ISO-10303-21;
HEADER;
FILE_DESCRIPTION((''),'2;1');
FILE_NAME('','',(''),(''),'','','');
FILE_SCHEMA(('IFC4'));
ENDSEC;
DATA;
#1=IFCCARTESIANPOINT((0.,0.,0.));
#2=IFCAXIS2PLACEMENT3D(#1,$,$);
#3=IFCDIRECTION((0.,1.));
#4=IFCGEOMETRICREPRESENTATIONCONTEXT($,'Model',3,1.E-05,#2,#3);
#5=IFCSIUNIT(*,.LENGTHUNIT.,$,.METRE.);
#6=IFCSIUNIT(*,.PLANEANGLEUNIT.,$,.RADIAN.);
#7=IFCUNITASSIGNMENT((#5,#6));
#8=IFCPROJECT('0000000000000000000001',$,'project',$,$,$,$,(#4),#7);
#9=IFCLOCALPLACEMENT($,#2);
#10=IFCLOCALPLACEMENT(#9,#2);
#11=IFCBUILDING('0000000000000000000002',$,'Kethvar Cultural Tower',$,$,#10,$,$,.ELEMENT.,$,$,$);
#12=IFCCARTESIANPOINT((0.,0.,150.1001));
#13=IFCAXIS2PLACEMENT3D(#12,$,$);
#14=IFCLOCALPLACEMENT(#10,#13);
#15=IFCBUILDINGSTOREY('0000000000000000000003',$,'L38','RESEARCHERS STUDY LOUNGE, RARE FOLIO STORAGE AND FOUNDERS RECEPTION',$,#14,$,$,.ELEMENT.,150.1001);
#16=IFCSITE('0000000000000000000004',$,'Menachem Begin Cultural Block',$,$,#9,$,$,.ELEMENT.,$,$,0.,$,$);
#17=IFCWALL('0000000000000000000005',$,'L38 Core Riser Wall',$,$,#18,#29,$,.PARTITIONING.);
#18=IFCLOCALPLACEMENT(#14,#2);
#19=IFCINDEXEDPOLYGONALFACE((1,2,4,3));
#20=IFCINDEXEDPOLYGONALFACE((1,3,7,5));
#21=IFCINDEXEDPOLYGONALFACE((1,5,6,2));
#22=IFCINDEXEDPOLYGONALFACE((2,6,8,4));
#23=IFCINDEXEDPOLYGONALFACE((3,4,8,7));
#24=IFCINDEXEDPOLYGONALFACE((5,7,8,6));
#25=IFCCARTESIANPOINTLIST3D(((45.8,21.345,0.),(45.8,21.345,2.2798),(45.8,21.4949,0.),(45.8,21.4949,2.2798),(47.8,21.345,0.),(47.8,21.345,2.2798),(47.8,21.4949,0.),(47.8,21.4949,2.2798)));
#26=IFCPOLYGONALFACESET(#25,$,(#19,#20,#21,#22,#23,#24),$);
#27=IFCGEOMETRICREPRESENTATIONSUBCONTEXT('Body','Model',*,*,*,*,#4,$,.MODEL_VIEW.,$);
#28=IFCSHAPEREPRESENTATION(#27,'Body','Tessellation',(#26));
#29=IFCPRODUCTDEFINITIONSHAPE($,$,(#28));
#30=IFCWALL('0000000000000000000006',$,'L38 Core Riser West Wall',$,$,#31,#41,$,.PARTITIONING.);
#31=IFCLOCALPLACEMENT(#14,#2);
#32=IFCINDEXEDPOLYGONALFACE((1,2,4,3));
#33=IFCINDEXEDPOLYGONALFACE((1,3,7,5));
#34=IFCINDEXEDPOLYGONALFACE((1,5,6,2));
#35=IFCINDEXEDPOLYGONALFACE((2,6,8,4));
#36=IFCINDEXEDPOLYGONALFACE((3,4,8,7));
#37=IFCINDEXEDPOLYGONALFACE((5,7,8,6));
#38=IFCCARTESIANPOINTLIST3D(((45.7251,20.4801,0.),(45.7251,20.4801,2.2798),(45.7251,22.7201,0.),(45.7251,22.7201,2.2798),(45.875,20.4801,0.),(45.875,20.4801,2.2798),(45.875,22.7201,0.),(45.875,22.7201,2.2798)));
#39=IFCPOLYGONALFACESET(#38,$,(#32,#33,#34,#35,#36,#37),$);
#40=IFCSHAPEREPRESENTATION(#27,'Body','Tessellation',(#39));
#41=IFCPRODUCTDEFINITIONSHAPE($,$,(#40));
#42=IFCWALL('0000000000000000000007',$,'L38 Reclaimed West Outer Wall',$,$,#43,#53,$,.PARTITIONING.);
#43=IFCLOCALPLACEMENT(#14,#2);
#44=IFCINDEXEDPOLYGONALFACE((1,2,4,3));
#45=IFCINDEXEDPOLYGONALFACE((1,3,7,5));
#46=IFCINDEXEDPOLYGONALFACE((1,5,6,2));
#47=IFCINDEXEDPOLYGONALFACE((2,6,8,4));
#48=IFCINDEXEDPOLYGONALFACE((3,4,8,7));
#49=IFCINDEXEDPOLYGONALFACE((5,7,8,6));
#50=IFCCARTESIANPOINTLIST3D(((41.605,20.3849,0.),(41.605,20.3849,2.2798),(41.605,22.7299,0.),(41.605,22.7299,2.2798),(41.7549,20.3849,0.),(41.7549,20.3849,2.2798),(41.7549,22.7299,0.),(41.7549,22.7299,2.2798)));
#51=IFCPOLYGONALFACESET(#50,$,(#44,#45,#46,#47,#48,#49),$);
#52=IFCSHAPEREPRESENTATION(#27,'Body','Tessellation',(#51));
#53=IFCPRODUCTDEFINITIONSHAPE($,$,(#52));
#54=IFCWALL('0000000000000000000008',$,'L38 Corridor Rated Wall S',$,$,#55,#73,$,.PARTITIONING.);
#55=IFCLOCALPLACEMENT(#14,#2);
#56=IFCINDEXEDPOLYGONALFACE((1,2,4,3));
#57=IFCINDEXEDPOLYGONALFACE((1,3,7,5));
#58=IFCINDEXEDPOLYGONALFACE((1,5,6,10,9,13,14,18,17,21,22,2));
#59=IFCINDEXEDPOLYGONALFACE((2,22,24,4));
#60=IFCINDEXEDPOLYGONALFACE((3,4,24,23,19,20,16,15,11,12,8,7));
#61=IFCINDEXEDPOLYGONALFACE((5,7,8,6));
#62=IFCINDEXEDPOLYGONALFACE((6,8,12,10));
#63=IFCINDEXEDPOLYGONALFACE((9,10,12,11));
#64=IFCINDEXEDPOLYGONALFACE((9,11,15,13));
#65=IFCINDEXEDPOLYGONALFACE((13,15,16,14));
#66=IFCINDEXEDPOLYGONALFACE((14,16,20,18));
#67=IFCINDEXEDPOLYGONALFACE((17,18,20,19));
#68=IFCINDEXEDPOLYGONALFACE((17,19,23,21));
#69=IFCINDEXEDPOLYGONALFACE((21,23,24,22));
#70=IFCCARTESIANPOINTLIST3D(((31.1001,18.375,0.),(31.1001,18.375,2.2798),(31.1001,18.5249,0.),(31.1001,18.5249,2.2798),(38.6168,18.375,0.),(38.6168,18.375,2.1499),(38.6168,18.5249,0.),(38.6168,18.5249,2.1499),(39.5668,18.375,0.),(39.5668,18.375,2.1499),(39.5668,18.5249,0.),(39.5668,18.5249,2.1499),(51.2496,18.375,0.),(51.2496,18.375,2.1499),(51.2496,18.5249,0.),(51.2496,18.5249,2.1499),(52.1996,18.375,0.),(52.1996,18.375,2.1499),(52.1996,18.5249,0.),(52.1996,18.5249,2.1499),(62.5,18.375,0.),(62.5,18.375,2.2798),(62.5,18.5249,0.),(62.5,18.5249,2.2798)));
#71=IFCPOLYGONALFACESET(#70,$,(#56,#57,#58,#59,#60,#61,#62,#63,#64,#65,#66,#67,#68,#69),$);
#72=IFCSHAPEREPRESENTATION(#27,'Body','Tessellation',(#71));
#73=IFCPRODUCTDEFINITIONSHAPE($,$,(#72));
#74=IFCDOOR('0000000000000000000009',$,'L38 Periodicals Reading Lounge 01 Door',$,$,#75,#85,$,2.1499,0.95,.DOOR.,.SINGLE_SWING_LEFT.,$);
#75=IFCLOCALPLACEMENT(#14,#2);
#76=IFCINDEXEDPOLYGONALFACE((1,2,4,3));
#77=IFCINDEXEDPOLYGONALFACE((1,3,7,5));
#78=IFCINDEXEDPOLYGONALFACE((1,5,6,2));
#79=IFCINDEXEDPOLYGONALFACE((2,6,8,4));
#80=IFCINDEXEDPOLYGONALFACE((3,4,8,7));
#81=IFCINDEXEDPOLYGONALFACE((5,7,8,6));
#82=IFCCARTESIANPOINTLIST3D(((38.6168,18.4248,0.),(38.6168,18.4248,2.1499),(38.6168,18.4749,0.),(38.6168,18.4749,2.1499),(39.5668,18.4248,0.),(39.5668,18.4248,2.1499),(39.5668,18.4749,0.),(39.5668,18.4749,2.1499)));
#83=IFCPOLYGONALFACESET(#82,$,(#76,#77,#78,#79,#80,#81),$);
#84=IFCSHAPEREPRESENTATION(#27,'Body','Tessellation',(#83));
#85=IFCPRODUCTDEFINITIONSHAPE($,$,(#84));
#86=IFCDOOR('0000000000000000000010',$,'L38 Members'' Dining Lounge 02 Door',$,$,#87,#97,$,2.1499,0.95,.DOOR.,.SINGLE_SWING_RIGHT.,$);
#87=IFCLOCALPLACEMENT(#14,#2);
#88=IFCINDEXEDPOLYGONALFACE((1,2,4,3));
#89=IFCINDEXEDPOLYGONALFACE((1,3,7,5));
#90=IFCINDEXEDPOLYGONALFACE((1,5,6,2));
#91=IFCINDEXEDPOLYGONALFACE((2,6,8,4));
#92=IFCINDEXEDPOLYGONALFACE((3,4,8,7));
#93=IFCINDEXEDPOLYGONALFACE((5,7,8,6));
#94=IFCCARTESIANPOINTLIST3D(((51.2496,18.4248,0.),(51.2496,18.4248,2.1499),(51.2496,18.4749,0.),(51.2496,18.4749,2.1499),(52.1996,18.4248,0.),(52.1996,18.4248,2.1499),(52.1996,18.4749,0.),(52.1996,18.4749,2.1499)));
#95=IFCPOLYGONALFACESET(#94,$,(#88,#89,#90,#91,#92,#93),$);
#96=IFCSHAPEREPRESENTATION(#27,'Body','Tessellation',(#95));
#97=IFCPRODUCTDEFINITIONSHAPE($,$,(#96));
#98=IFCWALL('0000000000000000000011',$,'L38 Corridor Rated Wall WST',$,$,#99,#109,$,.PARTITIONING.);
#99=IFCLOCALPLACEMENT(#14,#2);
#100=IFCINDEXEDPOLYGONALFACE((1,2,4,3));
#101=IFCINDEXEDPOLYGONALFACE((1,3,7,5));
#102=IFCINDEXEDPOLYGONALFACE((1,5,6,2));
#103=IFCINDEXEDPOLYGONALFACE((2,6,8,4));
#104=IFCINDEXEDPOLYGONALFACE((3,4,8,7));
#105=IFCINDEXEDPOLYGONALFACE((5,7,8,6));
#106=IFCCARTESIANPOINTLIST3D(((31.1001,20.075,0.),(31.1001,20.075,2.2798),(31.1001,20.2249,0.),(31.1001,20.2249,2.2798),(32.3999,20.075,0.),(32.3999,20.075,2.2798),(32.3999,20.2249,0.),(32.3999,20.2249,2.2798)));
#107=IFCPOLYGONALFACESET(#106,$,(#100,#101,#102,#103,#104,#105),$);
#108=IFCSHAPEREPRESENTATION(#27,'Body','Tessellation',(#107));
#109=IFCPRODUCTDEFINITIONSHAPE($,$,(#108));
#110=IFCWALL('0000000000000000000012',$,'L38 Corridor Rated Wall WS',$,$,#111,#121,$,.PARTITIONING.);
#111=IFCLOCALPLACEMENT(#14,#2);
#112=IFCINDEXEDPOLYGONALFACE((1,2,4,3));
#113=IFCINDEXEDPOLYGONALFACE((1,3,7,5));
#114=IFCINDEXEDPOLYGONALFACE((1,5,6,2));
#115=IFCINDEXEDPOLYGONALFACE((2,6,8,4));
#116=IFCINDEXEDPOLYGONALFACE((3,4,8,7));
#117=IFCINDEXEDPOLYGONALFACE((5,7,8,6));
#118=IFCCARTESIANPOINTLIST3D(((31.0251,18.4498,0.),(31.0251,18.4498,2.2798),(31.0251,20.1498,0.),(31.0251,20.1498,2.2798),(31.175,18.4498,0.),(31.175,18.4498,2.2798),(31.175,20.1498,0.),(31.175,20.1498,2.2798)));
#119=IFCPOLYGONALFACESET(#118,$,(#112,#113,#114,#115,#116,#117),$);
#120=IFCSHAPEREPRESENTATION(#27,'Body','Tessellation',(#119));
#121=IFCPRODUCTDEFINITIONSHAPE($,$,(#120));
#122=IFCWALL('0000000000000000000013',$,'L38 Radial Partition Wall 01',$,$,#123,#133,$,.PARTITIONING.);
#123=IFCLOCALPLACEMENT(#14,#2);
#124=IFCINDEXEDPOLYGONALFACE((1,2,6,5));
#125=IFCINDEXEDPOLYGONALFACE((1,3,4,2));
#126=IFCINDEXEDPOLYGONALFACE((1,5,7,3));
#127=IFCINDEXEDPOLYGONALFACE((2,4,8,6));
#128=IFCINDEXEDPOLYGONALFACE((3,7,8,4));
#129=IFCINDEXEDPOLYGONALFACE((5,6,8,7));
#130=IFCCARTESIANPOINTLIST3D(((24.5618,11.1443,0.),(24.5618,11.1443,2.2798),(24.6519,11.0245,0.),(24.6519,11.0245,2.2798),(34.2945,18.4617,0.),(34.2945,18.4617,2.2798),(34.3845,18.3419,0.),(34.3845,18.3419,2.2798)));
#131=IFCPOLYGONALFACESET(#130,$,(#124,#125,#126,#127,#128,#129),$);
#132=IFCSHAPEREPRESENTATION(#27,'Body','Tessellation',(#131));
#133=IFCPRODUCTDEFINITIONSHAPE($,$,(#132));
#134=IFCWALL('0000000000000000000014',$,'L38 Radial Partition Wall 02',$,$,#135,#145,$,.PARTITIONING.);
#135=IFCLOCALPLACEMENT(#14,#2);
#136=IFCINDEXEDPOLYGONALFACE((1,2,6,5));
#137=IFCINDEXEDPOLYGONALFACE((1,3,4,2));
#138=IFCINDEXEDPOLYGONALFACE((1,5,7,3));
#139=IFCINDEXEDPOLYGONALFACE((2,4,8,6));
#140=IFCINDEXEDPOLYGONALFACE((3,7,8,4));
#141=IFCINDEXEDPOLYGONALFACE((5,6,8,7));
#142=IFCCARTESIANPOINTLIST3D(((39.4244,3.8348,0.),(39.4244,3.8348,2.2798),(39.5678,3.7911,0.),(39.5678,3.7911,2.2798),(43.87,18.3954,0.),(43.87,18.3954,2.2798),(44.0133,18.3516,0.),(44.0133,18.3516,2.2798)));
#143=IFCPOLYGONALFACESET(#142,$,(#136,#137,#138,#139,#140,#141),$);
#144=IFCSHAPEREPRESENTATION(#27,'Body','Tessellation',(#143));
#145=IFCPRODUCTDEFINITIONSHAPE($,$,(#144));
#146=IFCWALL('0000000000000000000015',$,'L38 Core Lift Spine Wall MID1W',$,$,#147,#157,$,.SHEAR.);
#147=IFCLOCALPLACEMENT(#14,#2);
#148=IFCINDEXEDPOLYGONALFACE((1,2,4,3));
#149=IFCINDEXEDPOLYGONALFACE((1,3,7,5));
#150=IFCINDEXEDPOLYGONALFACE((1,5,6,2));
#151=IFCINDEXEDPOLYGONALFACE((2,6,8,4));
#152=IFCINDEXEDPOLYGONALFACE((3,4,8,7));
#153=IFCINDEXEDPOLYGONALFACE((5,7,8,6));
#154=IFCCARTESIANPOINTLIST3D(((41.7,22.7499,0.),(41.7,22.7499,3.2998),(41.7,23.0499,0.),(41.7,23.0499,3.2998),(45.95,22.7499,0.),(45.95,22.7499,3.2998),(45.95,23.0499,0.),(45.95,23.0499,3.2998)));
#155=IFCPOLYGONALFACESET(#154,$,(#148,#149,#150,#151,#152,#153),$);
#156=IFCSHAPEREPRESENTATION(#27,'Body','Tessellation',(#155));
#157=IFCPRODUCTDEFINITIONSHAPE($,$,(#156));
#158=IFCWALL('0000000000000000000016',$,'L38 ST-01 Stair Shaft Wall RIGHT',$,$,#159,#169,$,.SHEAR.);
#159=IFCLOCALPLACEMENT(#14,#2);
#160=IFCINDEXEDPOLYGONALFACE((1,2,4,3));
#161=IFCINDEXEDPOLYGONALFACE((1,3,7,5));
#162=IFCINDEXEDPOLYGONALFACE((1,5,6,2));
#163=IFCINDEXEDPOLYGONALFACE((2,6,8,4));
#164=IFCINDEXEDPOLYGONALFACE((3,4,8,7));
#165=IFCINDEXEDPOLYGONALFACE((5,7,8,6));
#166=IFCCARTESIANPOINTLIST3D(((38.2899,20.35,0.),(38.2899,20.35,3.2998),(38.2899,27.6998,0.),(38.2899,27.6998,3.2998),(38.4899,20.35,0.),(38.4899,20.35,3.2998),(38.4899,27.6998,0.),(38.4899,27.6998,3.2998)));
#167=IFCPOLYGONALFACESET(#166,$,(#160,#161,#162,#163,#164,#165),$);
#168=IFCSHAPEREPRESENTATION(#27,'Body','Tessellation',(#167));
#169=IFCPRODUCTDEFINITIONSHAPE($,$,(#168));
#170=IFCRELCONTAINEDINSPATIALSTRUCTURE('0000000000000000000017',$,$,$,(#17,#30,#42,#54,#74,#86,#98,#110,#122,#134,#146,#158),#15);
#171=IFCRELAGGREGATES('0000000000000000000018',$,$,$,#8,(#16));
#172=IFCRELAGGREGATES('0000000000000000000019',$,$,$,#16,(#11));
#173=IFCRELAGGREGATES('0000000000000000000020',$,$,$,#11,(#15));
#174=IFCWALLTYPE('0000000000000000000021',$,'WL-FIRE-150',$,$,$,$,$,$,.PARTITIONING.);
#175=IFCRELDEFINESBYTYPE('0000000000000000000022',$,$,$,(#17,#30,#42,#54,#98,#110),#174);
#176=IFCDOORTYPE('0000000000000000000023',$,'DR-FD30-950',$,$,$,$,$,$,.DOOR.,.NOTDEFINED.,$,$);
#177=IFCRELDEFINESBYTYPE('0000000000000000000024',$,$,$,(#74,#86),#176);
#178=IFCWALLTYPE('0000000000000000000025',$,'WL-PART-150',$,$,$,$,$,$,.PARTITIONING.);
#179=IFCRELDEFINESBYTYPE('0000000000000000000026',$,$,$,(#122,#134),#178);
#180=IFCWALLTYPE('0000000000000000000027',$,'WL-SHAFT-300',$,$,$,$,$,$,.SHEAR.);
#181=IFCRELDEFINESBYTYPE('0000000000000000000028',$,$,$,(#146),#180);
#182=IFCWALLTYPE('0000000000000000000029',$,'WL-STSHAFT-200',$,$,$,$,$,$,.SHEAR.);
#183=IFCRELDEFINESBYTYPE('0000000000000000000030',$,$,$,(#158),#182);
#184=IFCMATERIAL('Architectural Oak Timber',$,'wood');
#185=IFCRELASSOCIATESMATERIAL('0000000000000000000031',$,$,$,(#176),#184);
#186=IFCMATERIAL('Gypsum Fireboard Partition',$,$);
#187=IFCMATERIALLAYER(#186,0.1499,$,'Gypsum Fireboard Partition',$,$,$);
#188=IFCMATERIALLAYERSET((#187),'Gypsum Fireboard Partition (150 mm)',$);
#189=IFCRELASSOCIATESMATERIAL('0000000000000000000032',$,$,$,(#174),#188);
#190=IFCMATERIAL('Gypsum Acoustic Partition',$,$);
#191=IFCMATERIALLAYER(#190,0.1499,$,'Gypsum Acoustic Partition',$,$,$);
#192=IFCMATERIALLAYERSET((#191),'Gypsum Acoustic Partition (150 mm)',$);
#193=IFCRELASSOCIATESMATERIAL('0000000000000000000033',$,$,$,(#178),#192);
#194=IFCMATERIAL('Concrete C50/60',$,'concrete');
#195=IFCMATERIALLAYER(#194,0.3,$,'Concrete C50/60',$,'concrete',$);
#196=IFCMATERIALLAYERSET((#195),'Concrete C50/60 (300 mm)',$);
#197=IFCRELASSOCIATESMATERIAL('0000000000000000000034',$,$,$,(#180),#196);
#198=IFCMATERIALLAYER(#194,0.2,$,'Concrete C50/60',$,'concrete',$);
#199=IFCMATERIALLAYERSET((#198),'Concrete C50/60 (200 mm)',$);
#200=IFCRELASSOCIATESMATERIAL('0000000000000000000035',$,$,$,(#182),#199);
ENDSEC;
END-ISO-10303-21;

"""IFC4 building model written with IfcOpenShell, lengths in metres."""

from ifc_helpers import new_model, si_unit, direction, frame, frame_2d, origin, place, context, subcontext, project, spatial, rectangle, extrude, source, transform, mapped, material, layer, layer_set, type_object, element, fill, save


model = new_model("IFC4")

# Units and contexts
model_context = context("Model", 3, precision=1e-05, world=origin(), true_north=direction((0.0, 1.0)))
body_context = subcontext(model_context, "Body", "Model", "MODEL_VIEW")
ifc_project = project(units=[si_unit("LENGTHUNIT", "METRE"), si_unit("PLANEANGLEUNIT", "RADIAN")], contexts=[model_context])

# Site, building, storey
site_placement = place(None, origin())
site = spatial("IfcSite", under=ifc_project, at=site_placement, Name="Menachem Begin Cultural Block", CompositionType="ELEMENT", RefElevation=0.0)
building_placement = place(site_placement, origin())
building = spatial("IfcBuilding", under=site, at=building_placement, Name="Kethvar Cultural Tower", CompositionType="ELEMENT")
storey_placement = place(building_placement, frame((0.0, 0.0, 150.1001)))
storey = spatial("IfcBuildingStorey", under=building, at=storey_placement, Name="L38", Description="RESEARCHERS STUDY LOUNGE, RARE FOLIO STORAGE AND FOUNDERS RECEPTION", CompositionType="ELEMENT", Elevation=150.1001)

# Shared definitions
ifc_material_1 = material(Name="Architectural Oak Timber", Category="wood")
door_type_1 = type_object("IfcDoorType", Name="DR-FD30-950", OperationType="NOTDEFINED", PredefinedType="DOOR", material=ifc_material_1)
shared_shape_1 = source(origin(), body_context, "Body", "SweptSolid", [
    extrude(rectangle(XDim=0.95, YDim=2.1499, at=frame_2d((0.4751, 1.075))), frame((0.0, 0.0249, 0.0), z_axis=(0.0, -1.0, 0.0), x_axis=(1.0, 0.0, 0.0)), (0.0, 0.0, 1.0), 0.05),
])

# Walls
ifc_material_2 = material(Name="Gypsum Fireboard Partition")
ifc_layer_1 = layer(ifc_material_2, 0.1499, Name="Gypsum Fireboard Partition")
ifc_layer_set_1 = layer_set([ifc_layer_1], Name="Gypsum Fireboard Partition (150 mm)")
wall_type_1 = type_object("IfcWallType", Name="WL-FIRE-150", PredefinedType="PARTITIONING", material=ifc_layer_set_1)
wall_1_placement = place(storey_placement, frame((45.8, 21.4199, 0.0), z_axis=(0.0, 0.0, 1.0), x_axis=(1.0, 0.0, 0.0)))
element("IfcWall", 1, at=wall_1_placement, inside=storey, type_object=wall_type_1, Name="L38 Core Riser Wall", PredefinedType="PARTITIONING", context=body_context, shape_type="SweptSolid", body=[
    extrude(rectangle(XDim=2.0, YDim=0.1499, at=frame_2d((1.0, 0.0))), origin(), (0.0, 0.0, 1.0), 2.2798),
])
wall_2_placement = place(storey_placement, frame((45.8, 20.48, 0.0), z_axis=(0.0, 0.0, 1.0), x_axis=(0.0, 1.0, 0.0)))
element("IfcWall", 2, at=wall_2_placement, inside=storey, type_object=wall_type_1, Name="L38 Core Riser West Wall", PredefinedType="PARTITIONING", context=body_context, shape_type="SweptSolid", body=[
    extrude(rectangle(XDim=2.24, YDim=0.1499, at=frame_2d((1.1201, 0.0))), origin(), (0.0, 0.0, 1.0), 2.2798),
])
wall_3_placement = place(storey_placement, frame((41.6799, 20.385, 0.0), z_axis=(0.0, 0.0, 1.0), x_axis=(0.0, 1.0, 0.0)))
element("IfcWall", 3, at=wall_3_placement, inside=storey, type_object=wall_type_1, Name="L38 Reclaimed West Outer Wall", PredefinedType="PARTITIONING", context=body_context, shape_type="SweptSolid", body=[
    extrude(rectangle(XDim=2.345, YDim=0.1499, at=frame_2d((1.1724, 0.0))), origin(), (0.0, 0.0, 1.0), 2.2798),
])

# Wall, openings, doors
wall_4_placement = place(storey_placement, frame((31.1001, 18.45, 0.0), z_axis=(0.0, 0.0, 1.0), x_axis=(1.0, 0.0, 0.0)))
wall_4 = element("IfcWall", 4, at=wall_4_placement, inside=storey, type_object=wall_type_1, Name="L38 Corridor Rated Wall S", PredefinedType="PARTITIONING", context=body_context, shape_type="SweptSolid", body=[
    extrude(rectangle(XDim=31.3999, YDim=0.1499, at=frame_2d((15.7, 0.0))), origin(), (0.0, 0.0, 1.0), 2.2798),
])
opening_1_placement = place(wall_4_placement, frame((7.5166, 0.0, 0.0)))
opening_1 = element("IfcOpeningElement", 5, at=opening_1_placement, cuts=wall_4, PredefinedType="OPENING", context=body_context, shape_type="SweptSolid", body=[
    extrude(rectangle(XDim=0.95, YDim=2.1499, at=frame_2d((0.4751, 1.075))), frame((0.0, 0.085, 0.0), z_axis=(0.0, -1.0, 0.0), x_axis=(1.0, 0.0, 0.0)), (0.0, 0.0, 1.0), 0.1699),
])
opening_2_placement = place(wall_4_placement, frame((20.1494, 0.0, 0.0)))
opening_2 = element("IfcOpeningElement", 6, at=opening_2_placement, cuts=wall_4, PredefinedType="OPENING", context=body_context, shape_type="SweptSolid", body=[
    extrude(rectangle(XDim=0.95, YDim=2.1499, at=frame_2d((0.4751, 1.075))), frame((0.0, 0.085, 0.0), z_axis=(0.0, -1.0, 0.0), x_axis=(1.0, 0.0, 0.0)), (0.0, 0.0, 1.0), 0.1699),
])
door_1_placement = place(opening_1_placement, origin())
door_1 = element("IfcDoor", 7, at=door_1_placement, inside=storey, type_object=door_type_1, Name="L38 Periodicals Reading Lounge 01 Door", OperationType="SINGLE_SWING_LEFT", OverallHeight=2.1499, OverallWidth=0.95, PredefinedType="DOOR", context=body_context, shape_type="MappedRepresentation", body=[
    mapped(shared_shape_1, transform((0.0, 0.0, 0.0), scale=1.0)),
])
fill(opening_1, door_1)
door_2_placement = place(opening_2_placement, origin())
door_2 = element("IfcDoor", 8, at=door_2_placement, inside=storey, type_object=door_type_1, Name="L38 Members' Dining Lounge 02 Door", OperationType="SINGLE_SWING_RIGHT", OverallHeight=2.1499, OverallWidth=0.95, PredefinedType="DOOR", context=body_context, shape_type="MappedRepresentation", body=[
    mapped(shared_shape_1, transform((0.0, 0.0, 0.0), scale=1.0)),
])
fill(opening_2, door_2)

# Walls
wall_5_placement = place(storey_placement, frame((32.3999, 20.1499, 0.0), z_axis=(0.0, 0.0, 1.0), x_axis=(-1.0, 0.0, 0.0)))
element("IfcWall", 9, at=wall_5_placement, inside=storey, type_object=wall_type_1, Name="L38 Corridor Rated Wall WST", PredefinedType="PARTITIONING", context=body_context, shape_type="SweptSolid", body=[
    extrude(rectangle(XDim=1.2998, YDim=0.1499, at=frame_2d((0.6499, 0.0))), origin(), (0.0, 0.0, 1.0), 2.2798),
])
wall_6_placement = place(storey_placement, frame((31.1001, 20.1499, 0.0), z_axis=(0.0, 0.0, 1.0), x_axis=(0.0, -1.0, 0.0)))
element("IfcWall", 10, at=wall_6_placement, inside=storey, type_object=wall_type_1, Name="L38 Corridor Rated Wall WS", PredefinedType="PARTITIONING", context=body_context, shape_type="SweptSolid", body=[
    extrude(rectangle(XDim=1.7, YDim=0.1499, at=frame_2d((0.8501, 0.0))), origin(), (0.0, 0.0, 1.0), 2.2798),
])
ifc_material_3 = material(Name="Gypsum Acoustic Partition")
ifc_layer_2 = layer(ifc_material_3, 0.1499, Name="Gypsum Acoustic Partition")
ifc_layer_set_2 = layer_set([ifc_layer_2], Name="Gypsum Acoustic Partition (150 mm)")
wall_type_2 = type_object("IfcWallType", Name="WL-PART-150", PredefinedType="PARTITIONING", material=ifc_layer_set_2)
wall_7_placement = place(storey_placement, frame((34.3396, 18.4019, 0.0), z_axis=(0.0, 0.0, 1.0), x_axis=(-0.799294, -0.60094, 0.0)))
element("IfcWall", 11, at=wall_7_placement, inside=storey, type_object=wall_type_2, Name="L38 Radial Partition Wall 01", PredefinedType="PARTITIONING", context=body_context, shape_type="SweptSolid", body=[
    extrude(rectangle(XDim=12.1765, YDim=0.1499, at=frame_2d((6.0884, 0.0))), origin(), (0.0, 0.0, 1.0), 2.2798),
])
wall_8_placement = place(storey_placement, frame((43.9417, 18.3735, 0.0), z_axis=(0.0, 0.0, 1.0), x_axis=(-0.292008, -0.956416, 0.0)))
element("IfcWall", 12, at=wall_8_placement, inside=storey, type_object=wall_type_2, Name="L38 Radial Partition Wall 02", PredefinedType="PARTITIONING", context=body_context, shape_type="SweptSolid", body=[
    extrude(rectangle(XDim=15.2241, YDim=0.1499, at=frame_2d((7.6121, 0.0))), origin(), (0.0, 0.0, 1.0), 2.2798),
])
ifc_material_4 = material(Name="Concrete C50/60", Category="concrete")
ifc_layer_3 = layer(ifc_material_4, 0.3, Name="Concrete C50/60", Category="concrete")
ifc_layer_set_3 = layer_set([ifc_layer_3], Name="Concrete C50/60 (300 mm)")
wall_type_3 = type_object("IfcWallType", Name="WL-SHAFT-300", PredefinedType="SHEAR", material=ifc_layer_set_3)
wall_9_placement = place(storey_placement, frame((41.7, 22.8999, 0.0), z_axis=(0.0, 0.0, 1.0), x_axis=(1.0, 0.0, 0.0)))
element("IfcWall", 13, at=wall_9_placement, inside=storey, type_object=wall_type_3, Name="L38 Core Lift Spine Wall MID1W", PredefinedType="SHEAR", context=body_context, shape_type="SweptSolid", body=[
    extrude(rectangle(XDim=4.25, YDim=0.3, at=frame_2d((2.125, 0.0))), origin(), (0.0, 0.0, 1.0), 3.2998),
])
ifc_layer_4 = layer(ifc_material_4, 0.2, Name="Concrete C50/60", Category="concrete")
ifc_layer_set_4 = layer_set([ifc_layer_4], Name="Concrete C50/60 (200 mm)")
wall_type_4 = type_object("IfcWallType", Name="WL-STSHAFT-200", PredefinedType="SHEAR", material=ifc_layer_set_4)
wall_10_placement = place(storey_placement, frame((38.3899, 20.3501, 0.0), z_axis=(0.0, 0.0, 1.0), x_axis=(0.0, 1.0, 0.0)))
element("IfcWall", 14, at=wall_10_placement, inside=storey, type_object=wall_type_4, Name="L38 ST-01 Stair Shaft Wall RIGHT", PredefinedType="SHEAR", context=body_context, shape_type="SweptSolid", body=[
    extrude(rectangle(XDim=7.3499, YDim=0.2, at=frame_2d((3.6748, 0.0))), origin(), (0.0, 0.0, 1.0), 3.2998),
])

save(model, "model.ifc")
